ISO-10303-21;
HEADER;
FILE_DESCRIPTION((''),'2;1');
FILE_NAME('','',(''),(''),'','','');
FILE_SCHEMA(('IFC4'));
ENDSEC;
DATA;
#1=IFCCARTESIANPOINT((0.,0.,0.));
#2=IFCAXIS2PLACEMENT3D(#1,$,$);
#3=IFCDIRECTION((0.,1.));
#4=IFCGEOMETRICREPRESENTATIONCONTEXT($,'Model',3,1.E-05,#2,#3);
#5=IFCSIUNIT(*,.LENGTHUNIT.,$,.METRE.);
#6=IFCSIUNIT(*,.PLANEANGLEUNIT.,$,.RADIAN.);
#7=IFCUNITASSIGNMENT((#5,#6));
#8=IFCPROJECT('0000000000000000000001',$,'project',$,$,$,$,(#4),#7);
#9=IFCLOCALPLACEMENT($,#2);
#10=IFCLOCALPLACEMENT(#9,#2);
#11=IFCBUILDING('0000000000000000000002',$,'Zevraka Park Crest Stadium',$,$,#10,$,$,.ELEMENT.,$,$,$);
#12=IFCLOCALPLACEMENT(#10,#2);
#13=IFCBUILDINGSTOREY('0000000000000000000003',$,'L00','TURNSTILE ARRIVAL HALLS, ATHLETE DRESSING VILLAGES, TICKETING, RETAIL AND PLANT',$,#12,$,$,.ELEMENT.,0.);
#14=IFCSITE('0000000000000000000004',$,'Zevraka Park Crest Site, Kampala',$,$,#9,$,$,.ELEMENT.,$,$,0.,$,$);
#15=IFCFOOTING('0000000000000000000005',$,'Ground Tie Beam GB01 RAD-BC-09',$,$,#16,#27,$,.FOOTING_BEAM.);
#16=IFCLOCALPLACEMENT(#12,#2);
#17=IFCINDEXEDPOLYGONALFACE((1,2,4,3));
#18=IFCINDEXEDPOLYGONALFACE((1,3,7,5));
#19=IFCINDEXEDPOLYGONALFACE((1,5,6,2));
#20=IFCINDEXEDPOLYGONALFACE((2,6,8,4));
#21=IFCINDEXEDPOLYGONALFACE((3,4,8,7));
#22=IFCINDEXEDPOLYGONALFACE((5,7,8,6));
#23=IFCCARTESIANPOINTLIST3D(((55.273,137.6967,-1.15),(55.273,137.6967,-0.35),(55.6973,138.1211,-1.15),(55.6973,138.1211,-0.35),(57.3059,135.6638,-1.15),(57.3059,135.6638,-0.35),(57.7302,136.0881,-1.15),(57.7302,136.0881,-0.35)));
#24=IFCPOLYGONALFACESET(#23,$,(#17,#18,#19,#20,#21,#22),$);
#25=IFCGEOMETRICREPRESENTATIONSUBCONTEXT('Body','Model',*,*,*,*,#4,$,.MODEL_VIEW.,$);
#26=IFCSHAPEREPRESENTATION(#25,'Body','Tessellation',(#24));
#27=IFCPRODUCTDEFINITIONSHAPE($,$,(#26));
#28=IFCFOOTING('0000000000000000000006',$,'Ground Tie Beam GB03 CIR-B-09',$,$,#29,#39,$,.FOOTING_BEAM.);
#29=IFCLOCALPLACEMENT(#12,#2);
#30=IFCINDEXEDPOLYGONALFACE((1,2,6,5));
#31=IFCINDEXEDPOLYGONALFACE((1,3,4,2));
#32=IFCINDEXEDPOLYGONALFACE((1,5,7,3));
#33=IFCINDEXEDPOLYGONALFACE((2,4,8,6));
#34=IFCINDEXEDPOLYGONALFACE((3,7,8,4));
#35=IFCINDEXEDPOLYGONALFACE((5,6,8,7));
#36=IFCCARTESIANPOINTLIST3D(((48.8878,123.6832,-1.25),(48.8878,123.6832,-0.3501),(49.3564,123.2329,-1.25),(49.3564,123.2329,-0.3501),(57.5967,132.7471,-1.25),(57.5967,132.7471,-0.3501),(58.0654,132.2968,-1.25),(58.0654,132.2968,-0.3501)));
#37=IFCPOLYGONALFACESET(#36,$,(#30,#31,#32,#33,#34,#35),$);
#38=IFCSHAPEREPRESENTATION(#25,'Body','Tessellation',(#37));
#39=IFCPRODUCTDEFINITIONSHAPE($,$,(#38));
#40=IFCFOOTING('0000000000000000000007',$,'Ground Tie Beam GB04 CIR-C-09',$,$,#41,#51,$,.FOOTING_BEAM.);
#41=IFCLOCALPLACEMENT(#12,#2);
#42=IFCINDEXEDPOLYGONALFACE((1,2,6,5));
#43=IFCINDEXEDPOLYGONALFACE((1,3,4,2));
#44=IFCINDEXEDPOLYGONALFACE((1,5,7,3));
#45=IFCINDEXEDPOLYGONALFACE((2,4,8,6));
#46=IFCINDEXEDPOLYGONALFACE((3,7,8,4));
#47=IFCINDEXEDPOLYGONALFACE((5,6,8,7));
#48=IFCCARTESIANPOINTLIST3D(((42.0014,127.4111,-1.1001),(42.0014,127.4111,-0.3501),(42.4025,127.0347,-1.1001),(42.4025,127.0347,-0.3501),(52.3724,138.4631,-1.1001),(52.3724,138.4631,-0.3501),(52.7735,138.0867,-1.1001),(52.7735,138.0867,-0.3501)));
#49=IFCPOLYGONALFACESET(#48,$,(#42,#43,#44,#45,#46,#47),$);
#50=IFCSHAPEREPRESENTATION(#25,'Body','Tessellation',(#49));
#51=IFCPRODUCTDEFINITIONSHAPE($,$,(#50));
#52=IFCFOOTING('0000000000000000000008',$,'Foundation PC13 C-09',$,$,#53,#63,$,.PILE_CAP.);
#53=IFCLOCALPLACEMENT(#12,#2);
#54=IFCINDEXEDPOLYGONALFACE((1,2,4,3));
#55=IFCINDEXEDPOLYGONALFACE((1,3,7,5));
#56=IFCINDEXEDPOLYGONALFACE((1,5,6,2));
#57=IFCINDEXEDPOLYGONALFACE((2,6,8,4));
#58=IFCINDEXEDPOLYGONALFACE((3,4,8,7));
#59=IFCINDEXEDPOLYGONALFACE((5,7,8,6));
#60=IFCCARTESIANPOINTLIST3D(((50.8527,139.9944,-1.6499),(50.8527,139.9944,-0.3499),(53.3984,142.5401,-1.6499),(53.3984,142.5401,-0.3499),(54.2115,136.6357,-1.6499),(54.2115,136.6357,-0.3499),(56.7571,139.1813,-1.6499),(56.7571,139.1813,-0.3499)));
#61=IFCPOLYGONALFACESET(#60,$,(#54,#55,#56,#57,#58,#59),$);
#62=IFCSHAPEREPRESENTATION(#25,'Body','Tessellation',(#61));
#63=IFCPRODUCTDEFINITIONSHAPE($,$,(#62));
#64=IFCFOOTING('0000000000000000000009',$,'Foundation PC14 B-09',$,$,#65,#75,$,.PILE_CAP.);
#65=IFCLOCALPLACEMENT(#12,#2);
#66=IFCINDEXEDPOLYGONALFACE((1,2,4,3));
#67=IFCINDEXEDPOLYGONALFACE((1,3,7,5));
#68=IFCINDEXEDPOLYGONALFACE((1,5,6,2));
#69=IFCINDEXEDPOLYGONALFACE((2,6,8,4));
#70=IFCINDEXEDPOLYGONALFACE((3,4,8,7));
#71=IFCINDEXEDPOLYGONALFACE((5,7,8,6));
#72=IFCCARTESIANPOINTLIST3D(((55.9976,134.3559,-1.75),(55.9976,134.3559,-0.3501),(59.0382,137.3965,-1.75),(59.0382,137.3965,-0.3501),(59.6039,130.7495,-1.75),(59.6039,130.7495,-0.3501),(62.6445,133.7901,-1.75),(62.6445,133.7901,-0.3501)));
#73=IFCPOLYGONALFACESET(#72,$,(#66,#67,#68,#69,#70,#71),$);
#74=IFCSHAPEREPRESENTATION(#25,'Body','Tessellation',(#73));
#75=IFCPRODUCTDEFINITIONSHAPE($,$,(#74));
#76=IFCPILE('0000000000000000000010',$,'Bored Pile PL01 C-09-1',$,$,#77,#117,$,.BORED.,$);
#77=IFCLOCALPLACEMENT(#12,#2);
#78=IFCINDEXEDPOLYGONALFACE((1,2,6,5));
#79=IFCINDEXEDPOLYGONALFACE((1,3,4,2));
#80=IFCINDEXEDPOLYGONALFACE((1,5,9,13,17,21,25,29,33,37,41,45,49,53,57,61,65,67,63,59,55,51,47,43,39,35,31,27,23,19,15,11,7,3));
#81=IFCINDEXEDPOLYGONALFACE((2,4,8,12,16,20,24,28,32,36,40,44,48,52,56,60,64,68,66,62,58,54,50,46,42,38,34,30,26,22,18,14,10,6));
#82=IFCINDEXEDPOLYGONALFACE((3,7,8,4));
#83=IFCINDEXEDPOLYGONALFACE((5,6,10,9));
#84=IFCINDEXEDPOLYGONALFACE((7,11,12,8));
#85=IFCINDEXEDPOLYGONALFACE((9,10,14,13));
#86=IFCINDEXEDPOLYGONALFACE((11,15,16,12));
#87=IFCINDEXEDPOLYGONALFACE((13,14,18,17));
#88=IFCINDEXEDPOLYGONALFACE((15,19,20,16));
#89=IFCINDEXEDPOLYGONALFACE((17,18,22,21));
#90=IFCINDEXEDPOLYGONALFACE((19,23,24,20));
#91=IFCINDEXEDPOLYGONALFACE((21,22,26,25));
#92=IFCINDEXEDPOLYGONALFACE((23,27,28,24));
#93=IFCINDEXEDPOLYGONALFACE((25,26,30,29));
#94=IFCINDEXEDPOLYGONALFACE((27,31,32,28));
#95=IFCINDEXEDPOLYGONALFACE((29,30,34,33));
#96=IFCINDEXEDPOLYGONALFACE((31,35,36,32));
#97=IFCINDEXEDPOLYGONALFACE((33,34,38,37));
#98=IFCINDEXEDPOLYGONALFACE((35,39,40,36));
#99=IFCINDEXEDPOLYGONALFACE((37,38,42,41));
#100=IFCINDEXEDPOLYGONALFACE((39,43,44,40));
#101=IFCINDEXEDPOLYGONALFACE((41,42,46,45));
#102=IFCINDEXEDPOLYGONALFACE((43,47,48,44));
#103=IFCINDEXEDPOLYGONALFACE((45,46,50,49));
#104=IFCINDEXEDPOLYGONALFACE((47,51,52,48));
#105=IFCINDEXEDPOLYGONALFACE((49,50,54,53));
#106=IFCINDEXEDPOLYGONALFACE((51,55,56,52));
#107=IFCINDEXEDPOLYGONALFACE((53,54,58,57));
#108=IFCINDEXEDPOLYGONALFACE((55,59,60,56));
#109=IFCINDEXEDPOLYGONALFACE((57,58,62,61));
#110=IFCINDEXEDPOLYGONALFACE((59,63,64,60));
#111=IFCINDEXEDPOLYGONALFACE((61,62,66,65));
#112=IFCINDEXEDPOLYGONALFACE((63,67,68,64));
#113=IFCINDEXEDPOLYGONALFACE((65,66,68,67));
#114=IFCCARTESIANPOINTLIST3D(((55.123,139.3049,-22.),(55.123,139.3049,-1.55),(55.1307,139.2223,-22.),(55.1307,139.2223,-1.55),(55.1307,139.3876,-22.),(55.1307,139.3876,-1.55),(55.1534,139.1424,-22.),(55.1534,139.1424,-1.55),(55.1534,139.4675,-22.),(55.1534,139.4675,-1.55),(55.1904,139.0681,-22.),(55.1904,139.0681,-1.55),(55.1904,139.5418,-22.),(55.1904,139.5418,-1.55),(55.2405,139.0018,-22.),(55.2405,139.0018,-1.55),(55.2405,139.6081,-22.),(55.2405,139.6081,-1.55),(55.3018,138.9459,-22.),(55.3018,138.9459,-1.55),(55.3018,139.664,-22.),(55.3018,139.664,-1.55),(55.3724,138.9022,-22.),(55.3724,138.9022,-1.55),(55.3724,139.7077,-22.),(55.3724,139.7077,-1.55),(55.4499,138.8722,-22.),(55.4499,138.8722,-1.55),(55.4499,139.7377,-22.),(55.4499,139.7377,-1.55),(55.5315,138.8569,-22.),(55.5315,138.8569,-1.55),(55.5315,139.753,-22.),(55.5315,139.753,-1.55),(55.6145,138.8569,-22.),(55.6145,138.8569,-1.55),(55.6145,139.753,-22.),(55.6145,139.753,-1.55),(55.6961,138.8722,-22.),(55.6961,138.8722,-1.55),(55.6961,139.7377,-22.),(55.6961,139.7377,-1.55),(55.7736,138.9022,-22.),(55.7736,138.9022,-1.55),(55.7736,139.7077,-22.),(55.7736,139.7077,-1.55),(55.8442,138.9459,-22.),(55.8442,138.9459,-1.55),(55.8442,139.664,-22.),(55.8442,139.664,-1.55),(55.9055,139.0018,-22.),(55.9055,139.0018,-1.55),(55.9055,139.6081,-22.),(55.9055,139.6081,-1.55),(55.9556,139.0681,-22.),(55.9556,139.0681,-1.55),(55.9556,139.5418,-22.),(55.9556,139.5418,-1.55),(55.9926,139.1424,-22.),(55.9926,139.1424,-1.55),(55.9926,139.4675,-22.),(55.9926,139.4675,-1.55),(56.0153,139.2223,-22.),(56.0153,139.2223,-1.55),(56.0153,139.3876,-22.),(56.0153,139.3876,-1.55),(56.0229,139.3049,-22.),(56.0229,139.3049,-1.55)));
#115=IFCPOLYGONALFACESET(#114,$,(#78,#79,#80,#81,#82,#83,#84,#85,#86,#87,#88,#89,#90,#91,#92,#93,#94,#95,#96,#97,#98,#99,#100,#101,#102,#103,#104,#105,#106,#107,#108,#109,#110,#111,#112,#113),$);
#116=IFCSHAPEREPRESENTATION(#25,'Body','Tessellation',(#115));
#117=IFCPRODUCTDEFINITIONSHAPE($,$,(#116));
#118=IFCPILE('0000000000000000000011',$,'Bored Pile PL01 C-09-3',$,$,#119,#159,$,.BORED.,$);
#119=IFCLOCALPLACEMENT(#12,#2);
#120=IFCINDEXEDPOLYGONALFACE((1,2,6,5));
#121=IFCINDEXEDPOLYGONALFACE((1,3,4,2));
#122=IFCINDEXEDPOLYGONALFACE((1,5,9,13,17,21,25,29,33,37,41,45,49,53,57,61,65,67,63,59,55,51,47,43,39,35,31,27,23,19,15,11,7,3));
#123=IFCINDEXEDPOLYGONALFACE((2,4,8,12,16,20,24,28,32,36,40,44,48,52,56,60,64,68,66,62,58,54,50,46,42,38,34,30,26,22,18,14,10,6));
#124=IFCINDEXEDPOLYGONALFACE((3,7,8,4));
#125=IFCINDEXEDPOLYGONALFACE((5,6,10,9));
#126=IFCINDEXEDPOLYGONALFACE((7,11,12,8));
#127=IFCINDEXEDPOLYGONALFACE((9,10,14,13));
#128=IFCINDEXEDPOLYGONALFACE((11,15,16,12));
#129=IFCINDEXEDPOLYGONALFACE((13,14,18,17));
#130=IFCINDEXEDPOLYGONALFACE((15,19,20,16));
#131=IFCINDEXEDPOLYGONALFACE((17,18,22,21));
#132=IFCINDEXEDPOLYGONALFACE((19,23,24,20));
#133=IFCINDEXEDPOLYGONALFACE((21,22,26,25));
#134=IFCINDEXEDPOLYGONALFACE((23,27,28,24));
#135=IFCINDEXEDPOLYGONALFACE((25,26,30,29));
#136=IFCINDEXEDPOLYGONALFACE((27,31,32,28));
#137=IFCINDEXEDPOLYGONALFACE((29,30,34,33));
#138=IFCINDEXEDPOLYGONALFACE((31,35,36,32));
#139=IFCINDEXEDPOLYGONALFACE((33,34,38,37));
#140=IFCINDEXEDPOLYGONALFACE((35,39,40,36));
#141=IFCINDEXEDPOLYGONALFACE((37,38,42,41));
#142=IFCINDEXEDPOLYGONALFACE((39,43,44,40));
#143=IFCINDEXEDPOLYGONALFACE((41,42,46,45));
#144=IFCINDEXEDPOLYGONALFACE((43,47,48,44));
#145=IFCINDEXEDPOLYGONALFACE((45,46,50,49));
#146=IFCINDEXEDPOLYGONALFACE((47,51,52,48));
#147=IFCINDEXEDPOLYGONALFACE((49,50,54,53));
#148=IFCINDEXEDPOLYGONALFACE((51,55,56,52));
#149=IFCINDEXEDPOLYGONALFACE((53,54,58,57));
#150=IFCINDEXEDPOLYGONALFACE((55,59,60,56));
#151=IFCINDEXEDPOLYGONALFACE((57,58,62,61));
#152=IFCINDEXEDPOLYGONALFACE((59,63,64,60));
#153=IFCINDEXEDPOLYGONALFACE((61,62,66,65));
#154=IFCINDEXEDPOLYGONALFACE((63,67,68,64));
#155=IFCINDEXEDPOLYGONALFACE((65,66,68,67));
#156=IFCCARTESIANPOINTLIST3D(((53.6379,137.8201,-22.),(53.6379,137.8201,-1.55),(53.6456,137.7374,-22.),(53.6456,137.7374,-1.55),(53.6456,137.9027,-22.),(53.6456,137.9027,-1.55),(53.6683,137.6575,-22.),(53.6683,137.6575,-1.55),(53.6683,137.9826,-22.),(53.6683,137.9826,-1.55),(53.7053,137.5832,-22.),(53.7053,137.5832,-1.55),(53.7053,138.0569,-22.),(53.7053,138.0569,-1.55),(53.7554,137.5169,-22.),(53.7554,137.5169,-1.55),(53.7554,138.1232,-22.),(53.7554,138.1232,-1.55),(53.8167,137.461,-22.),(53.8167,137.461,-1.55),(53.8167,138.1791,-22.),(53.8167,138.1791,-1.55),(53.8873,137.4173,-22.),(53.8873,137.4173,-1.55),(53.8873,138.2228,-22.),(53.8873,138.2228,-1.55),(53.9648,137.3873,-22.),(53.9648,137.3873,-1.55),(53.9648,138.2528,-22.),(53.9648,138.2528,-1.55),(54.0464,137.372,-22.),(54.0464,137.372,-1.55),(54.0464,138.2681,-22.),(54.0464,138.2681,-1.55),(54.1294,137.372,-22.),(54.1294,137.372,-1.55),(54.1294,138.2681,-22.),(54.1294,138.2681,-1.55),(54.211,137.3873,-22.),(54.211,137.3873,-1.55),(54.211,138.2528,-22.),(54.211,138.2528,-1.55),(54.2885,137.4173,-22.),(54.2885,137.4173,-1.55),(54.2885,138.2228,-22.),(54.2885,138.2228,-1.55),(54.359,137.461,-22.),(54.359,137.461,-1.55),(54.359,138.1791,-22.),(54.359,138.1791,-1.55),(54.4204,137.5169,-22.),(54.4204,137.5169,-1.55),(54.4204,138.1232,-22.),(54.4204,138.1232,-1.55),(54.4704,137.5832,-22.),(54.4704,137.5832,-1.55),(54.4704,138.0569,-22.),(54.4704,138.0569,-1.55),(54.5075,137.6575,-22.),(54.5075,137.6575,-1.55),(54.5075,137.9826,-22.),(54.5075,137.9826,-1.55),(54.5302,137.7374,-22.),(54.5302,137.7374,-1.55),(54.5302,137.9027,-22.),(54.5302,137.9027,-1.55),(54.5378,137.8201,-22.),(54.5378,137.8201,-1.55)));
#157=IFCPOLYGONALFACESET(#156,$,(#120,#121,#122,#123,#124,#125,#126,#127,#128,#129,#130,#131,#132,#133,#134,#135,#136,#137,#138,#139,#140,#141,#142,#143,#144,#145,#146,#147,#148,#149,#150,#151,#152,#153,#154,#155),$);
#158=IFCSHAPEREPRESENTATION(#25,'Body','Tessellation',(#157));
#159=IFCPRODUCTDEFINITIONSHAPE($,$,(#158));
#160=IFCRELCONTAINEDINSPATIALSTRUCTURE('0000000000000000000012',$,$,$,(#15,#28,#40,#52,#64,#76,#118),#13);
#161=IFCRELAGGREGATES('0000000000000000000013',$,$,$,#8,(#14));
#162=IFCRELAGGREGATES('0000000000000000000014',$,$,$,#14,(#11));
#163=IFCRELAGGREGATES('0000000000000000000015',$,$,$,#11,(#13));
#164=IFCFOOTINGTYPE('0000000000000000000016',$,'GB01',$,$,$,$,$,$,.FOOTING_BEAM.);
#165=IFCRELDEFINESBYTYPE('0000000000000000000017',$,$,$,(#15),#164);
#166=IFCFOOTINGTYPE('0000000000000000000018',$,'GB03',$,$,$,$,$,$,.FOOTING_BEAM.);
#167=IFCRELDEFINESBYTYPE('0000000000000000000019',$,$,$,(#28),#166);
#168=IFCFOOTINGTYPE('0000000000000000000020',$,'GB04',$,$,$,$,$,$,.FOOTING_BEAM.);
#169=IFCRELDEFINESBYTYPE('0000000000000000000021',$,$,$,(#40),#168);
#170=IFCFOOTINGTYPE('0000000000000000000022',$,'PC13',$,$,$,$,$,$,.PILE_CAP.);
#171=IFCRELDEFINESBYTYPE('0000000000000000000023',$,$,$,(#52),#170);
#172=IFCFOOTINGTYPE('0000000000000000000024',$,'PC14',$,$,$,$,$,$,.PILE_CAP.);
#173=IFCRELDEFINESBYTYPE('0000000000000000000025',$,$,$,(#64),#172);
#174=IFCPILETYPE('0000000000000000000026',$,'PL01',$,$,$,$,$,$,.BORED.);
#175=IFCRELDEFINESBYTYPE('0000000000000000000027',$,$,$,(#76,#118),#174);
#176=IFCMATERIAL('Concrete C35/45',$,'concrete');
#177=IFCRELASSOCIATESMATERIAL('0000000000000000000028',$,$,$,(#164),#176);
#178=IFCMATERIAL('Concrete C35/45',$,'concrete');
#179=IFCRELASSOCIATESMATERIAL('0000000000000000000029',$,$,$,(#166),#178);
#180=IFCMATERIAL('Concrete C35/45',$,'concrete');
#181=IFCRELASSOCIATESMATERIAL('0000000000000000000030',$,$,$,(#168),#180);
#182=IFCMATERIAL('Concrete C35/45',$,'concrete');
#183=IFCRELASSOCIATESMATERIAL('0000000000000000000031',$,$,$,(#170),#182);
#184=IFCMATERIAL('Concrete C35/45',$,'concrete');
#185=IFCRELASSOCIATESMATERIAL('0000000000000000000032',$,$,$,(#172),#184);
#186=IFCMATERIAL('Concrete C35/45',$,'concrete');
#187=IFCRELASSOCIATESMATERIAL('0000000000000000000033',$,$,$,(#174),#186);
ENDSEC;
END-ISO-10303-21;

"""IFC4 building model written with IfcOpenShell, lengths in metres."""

from ifc_helpers import new_model, si_unit, direction, frame, origin, origin_2d, place, context, subcontext, project, spatial, rectangle, circle, extrude, material, material_profile, profile_set, type_object, element, save


model = new_model("IFC4")

# Units and contexts
model_context = context("Model", 3, precision=1e-05, world=origin(), true_north=direction((0.0, 1.0)))
body_context = subcontext(model_context, "Body", "Model", "MODEL_VIEW")
ifc_project = project(units=[si_unit("LENGTHUNIT", "METRE"), si_unit("PLANEANGLEUNIT", "RADIAN")], contexts=[model_context])

# Site, building, storey
site_placement = place(None, origin())
site = spatial("IfcSite", under=ifc_project, at=site_placement, Name="Zevraka Park Crest Site, Kampala", CompositionType="ELEMENT", RefElevation=0.0)
building_placement = place(site_placement, origin())
building = spatial("IfcBuilding", under=site, at=building_placement, Name="Zevraka Park Crest Stadium", CompositionType="ELEMENT")
storey_placement = place(building_placement, origin())
storey = spatial("IfcBuildingStorey", under=building, at=storey_placement, Name="L00", Description="TURNSTILE ARRIVAL HALLS, ATHLETE DRESSING VILLAGES, TICKETING, RETAIL AND PLANT", CompositionType="ELEMENT", Elevation=0.0)

# Footings
ifc_material_1 = material(Name="Concrete C35/45", Category="concrete")
ifc_material_profile_1 = material_profile(ifc_material_1, rectangle(XDim=0.6001, YDim=0.8, at=origin_2d()), Name="GB 800x600")
ifc_profile_set_1 = profile_set([ifc_material_profile_1], Name="Concrete C35/45")
footing_type_1 = type_object("IfcFootingType", Name="GB01", PredefinedType="FOOTING_BEAM", material=ifc_profile_set_1)
footing_1_placement = place(storey_placement, frame((57.5181, 135.876, -0.75), z_axis=(-0.707107, 0.707107, 0.0), x_axis=(-0.707107, -0.707107, 0.0)))
element("IfcFooting", 1, at=footing_1_placement, inside=storey, type_object=footing_type_1, Name="Ground Tie Beam GB01 RAD-BC-09", PredefinedType="FOOTING_BEAM", context=body_context, shape_type="SweptSolid", body=[
    extrude(rectangle(XDim=0.6001, YDim=0.8, at=origin_2d()), origin(), (0.0, 0.0, 1.0), 2.875),
])
ifc_material_2 = material(Name="Concrete C35/45", Category="concrete")
ifc_material_profile_2 = material_profile(ifc_material_2, rectangle(XDim=0.6499, YDim=0.8999, at=origin_2d()), Name="GB 900x650")
ifc_profile_set_2 = profile_set([ifc_material_profile_2], Name="Concrete C35/45")
footing_type_2 = type_object("IfcFootingType", Name="GB03", PredefinedType="FOOTING_BEAM", material=ifc_profile_set_2)
footing_2_placement = place(storey_placement, frame((57.8311, 132.522, -0.8), z_axis=(-0.692846, -0.721086, 0.0), x_axis=(0.721086, -0.692846, 0.0)))
element("IfcFooting", 2, at=footing_2_placement, inside=storey, type_object=footing_type_2, Name="Ground Tie Beam GB03 CIR-B-09", PredefinedType="FOOTING_BEAM", context=body_context, shape_type="SweptSolid", body=[
    extrude(rectangle(XDim=0.6499, YDim=0.8999, at=origin_2d()), origin(), (0.0, 0.0, 1.0), 12.5698),
])
ifc_material_3 = material(Name="Concrete C35/45", Category="concrete")
ifc_material_profile_3 = material_profile(ifc_material_3, rectangle(XDim=0.55, YDim=0.75, at=origin_2d()), Name="GB 750x550")
ifc_profile_set_3 = profile_set([ifc_material_profile_3], Name="Concrete C35/45")
footing_type_3 = type_object("IfcFootingType", Name="GB04", PredefinedType="FOOTING_BEAM", material=ifc_profile_set_3)
footing_3_placement = place(storey_placement, frame((52.573, 138.2749, -0.7251), z_axis=(-0.684287, -0.729213, 0.0), x_axis=(0.729213, -0.684287, 0.0)))
element("IfcFooting", 3, at=footing_3_placement, inside=storey, type_object=footing_type_3, Name="Ground Tie Beam GB04 CIR-C-09", PredefinedType="FOOTING_BEAM", context=body_context, shape_type="SweptSolid", body=[
    extrude(rectangle(XDim=0.55, YDim=0.75, at=origin_2d()), origin(), (0.0, 0.0, 1.0), 15.156),
])
ifc_material_4 = material(Name="Concrete C35/45", Category="concrete")
footing_type_4 = type_object("IfcFootingType", Name="PC13", PredefinedType="PILE_CAP", material=ifc_material_4)
footing_4_placement = place(storey_placement, frame((53.8049, 139.5879, -1.6499), z_axis=(0.0, 0.0, 1.0), x_axis=(-0.707107, 0.707107, 0.0)))
element("IfcFooting", 4, at=footing_4_placement, inside=storey, type_object=footing_type_4, Name="Foundation PC13 C-09", PredefinedType="PILE_CAP", context=body_context, shape_type="SweptSolid", body=[
    extrude(rectangle(XDim=4.75, YDim=3.6001, at=origin_2d()), origin(), (0.0, 0.0, 1.0), 1.3),
])
ifc_material_5 = material(Name="Concrete C35/45", Category="concrete")
footing_type_5 = type_object("IfcFootingType", Name="PC14", PredefinedType="PILE_CAP", material=ifc_material_5)
footing_5_placement = place(storey_placement, frame((59.321, 134.073, -1.75), z_axis=(0.0, 0.0, 1.0), x_axis=(-0.707107, 0.707107, 0.0)))
element("IfcFooting", 5, at=footing_5_placement, inside=storey, type_object=footing_type_5, Name="Foundation PC14 B-09", PredefinedType="PILE_CAP", context=body_context, shape_type="SweptSolid", body=[
    extrude(rectangle(XDim=5.1001, YDim=4.3, at=origin_2d()), origin(), (0.0, 0.0, 1.0), 1.3999),
])

# Piles
ifc_material_6 = material(Name="Concrete C35/45", Category="concrete")
ifc_material_profile_4 = material_profile(ifc_material_6, circle(Radius=0.45, at=origin_2d()), Name="PILE D900")
ifc_profile_set_4 = profile_set([ifc_material_profile_4], Name="Concrete C35/45")
pile_type_1 = type_object("IfcPileType", Name="PL01", PredefinedType="BORED", material=ifc_profile_set_4)
for number, where, z_axis, x_axis, name in (
    (6, (55.573, 139.3049, -1.55), (0.0, 0.0, -1.0), (1.0, 0.0, 0.0), "Bored Pile PL01 C-09-1"),
    (7, (54.0879, 137.8201, -1.55), (0.0, 0.0, -1.0), (1.0, 0.0, 0.0), "Bored Pile PL01 C-09-3"),
):
    element("IfcPile", number, at=place(storey_placement, frame(where, z_axis=z_axis, x_axis=x_axis)), inside=storey, type_object=pile_type_1, Name=name, PredefinedType="BORED", context=body_context, shape_type="SweptSolid", body=[
        extrude(circle(Radius=0.45, at=origin_2d()), origin(), (0.0, 0.0, 1.0), 20.45),
    ])

save(model, "model.ifc")
